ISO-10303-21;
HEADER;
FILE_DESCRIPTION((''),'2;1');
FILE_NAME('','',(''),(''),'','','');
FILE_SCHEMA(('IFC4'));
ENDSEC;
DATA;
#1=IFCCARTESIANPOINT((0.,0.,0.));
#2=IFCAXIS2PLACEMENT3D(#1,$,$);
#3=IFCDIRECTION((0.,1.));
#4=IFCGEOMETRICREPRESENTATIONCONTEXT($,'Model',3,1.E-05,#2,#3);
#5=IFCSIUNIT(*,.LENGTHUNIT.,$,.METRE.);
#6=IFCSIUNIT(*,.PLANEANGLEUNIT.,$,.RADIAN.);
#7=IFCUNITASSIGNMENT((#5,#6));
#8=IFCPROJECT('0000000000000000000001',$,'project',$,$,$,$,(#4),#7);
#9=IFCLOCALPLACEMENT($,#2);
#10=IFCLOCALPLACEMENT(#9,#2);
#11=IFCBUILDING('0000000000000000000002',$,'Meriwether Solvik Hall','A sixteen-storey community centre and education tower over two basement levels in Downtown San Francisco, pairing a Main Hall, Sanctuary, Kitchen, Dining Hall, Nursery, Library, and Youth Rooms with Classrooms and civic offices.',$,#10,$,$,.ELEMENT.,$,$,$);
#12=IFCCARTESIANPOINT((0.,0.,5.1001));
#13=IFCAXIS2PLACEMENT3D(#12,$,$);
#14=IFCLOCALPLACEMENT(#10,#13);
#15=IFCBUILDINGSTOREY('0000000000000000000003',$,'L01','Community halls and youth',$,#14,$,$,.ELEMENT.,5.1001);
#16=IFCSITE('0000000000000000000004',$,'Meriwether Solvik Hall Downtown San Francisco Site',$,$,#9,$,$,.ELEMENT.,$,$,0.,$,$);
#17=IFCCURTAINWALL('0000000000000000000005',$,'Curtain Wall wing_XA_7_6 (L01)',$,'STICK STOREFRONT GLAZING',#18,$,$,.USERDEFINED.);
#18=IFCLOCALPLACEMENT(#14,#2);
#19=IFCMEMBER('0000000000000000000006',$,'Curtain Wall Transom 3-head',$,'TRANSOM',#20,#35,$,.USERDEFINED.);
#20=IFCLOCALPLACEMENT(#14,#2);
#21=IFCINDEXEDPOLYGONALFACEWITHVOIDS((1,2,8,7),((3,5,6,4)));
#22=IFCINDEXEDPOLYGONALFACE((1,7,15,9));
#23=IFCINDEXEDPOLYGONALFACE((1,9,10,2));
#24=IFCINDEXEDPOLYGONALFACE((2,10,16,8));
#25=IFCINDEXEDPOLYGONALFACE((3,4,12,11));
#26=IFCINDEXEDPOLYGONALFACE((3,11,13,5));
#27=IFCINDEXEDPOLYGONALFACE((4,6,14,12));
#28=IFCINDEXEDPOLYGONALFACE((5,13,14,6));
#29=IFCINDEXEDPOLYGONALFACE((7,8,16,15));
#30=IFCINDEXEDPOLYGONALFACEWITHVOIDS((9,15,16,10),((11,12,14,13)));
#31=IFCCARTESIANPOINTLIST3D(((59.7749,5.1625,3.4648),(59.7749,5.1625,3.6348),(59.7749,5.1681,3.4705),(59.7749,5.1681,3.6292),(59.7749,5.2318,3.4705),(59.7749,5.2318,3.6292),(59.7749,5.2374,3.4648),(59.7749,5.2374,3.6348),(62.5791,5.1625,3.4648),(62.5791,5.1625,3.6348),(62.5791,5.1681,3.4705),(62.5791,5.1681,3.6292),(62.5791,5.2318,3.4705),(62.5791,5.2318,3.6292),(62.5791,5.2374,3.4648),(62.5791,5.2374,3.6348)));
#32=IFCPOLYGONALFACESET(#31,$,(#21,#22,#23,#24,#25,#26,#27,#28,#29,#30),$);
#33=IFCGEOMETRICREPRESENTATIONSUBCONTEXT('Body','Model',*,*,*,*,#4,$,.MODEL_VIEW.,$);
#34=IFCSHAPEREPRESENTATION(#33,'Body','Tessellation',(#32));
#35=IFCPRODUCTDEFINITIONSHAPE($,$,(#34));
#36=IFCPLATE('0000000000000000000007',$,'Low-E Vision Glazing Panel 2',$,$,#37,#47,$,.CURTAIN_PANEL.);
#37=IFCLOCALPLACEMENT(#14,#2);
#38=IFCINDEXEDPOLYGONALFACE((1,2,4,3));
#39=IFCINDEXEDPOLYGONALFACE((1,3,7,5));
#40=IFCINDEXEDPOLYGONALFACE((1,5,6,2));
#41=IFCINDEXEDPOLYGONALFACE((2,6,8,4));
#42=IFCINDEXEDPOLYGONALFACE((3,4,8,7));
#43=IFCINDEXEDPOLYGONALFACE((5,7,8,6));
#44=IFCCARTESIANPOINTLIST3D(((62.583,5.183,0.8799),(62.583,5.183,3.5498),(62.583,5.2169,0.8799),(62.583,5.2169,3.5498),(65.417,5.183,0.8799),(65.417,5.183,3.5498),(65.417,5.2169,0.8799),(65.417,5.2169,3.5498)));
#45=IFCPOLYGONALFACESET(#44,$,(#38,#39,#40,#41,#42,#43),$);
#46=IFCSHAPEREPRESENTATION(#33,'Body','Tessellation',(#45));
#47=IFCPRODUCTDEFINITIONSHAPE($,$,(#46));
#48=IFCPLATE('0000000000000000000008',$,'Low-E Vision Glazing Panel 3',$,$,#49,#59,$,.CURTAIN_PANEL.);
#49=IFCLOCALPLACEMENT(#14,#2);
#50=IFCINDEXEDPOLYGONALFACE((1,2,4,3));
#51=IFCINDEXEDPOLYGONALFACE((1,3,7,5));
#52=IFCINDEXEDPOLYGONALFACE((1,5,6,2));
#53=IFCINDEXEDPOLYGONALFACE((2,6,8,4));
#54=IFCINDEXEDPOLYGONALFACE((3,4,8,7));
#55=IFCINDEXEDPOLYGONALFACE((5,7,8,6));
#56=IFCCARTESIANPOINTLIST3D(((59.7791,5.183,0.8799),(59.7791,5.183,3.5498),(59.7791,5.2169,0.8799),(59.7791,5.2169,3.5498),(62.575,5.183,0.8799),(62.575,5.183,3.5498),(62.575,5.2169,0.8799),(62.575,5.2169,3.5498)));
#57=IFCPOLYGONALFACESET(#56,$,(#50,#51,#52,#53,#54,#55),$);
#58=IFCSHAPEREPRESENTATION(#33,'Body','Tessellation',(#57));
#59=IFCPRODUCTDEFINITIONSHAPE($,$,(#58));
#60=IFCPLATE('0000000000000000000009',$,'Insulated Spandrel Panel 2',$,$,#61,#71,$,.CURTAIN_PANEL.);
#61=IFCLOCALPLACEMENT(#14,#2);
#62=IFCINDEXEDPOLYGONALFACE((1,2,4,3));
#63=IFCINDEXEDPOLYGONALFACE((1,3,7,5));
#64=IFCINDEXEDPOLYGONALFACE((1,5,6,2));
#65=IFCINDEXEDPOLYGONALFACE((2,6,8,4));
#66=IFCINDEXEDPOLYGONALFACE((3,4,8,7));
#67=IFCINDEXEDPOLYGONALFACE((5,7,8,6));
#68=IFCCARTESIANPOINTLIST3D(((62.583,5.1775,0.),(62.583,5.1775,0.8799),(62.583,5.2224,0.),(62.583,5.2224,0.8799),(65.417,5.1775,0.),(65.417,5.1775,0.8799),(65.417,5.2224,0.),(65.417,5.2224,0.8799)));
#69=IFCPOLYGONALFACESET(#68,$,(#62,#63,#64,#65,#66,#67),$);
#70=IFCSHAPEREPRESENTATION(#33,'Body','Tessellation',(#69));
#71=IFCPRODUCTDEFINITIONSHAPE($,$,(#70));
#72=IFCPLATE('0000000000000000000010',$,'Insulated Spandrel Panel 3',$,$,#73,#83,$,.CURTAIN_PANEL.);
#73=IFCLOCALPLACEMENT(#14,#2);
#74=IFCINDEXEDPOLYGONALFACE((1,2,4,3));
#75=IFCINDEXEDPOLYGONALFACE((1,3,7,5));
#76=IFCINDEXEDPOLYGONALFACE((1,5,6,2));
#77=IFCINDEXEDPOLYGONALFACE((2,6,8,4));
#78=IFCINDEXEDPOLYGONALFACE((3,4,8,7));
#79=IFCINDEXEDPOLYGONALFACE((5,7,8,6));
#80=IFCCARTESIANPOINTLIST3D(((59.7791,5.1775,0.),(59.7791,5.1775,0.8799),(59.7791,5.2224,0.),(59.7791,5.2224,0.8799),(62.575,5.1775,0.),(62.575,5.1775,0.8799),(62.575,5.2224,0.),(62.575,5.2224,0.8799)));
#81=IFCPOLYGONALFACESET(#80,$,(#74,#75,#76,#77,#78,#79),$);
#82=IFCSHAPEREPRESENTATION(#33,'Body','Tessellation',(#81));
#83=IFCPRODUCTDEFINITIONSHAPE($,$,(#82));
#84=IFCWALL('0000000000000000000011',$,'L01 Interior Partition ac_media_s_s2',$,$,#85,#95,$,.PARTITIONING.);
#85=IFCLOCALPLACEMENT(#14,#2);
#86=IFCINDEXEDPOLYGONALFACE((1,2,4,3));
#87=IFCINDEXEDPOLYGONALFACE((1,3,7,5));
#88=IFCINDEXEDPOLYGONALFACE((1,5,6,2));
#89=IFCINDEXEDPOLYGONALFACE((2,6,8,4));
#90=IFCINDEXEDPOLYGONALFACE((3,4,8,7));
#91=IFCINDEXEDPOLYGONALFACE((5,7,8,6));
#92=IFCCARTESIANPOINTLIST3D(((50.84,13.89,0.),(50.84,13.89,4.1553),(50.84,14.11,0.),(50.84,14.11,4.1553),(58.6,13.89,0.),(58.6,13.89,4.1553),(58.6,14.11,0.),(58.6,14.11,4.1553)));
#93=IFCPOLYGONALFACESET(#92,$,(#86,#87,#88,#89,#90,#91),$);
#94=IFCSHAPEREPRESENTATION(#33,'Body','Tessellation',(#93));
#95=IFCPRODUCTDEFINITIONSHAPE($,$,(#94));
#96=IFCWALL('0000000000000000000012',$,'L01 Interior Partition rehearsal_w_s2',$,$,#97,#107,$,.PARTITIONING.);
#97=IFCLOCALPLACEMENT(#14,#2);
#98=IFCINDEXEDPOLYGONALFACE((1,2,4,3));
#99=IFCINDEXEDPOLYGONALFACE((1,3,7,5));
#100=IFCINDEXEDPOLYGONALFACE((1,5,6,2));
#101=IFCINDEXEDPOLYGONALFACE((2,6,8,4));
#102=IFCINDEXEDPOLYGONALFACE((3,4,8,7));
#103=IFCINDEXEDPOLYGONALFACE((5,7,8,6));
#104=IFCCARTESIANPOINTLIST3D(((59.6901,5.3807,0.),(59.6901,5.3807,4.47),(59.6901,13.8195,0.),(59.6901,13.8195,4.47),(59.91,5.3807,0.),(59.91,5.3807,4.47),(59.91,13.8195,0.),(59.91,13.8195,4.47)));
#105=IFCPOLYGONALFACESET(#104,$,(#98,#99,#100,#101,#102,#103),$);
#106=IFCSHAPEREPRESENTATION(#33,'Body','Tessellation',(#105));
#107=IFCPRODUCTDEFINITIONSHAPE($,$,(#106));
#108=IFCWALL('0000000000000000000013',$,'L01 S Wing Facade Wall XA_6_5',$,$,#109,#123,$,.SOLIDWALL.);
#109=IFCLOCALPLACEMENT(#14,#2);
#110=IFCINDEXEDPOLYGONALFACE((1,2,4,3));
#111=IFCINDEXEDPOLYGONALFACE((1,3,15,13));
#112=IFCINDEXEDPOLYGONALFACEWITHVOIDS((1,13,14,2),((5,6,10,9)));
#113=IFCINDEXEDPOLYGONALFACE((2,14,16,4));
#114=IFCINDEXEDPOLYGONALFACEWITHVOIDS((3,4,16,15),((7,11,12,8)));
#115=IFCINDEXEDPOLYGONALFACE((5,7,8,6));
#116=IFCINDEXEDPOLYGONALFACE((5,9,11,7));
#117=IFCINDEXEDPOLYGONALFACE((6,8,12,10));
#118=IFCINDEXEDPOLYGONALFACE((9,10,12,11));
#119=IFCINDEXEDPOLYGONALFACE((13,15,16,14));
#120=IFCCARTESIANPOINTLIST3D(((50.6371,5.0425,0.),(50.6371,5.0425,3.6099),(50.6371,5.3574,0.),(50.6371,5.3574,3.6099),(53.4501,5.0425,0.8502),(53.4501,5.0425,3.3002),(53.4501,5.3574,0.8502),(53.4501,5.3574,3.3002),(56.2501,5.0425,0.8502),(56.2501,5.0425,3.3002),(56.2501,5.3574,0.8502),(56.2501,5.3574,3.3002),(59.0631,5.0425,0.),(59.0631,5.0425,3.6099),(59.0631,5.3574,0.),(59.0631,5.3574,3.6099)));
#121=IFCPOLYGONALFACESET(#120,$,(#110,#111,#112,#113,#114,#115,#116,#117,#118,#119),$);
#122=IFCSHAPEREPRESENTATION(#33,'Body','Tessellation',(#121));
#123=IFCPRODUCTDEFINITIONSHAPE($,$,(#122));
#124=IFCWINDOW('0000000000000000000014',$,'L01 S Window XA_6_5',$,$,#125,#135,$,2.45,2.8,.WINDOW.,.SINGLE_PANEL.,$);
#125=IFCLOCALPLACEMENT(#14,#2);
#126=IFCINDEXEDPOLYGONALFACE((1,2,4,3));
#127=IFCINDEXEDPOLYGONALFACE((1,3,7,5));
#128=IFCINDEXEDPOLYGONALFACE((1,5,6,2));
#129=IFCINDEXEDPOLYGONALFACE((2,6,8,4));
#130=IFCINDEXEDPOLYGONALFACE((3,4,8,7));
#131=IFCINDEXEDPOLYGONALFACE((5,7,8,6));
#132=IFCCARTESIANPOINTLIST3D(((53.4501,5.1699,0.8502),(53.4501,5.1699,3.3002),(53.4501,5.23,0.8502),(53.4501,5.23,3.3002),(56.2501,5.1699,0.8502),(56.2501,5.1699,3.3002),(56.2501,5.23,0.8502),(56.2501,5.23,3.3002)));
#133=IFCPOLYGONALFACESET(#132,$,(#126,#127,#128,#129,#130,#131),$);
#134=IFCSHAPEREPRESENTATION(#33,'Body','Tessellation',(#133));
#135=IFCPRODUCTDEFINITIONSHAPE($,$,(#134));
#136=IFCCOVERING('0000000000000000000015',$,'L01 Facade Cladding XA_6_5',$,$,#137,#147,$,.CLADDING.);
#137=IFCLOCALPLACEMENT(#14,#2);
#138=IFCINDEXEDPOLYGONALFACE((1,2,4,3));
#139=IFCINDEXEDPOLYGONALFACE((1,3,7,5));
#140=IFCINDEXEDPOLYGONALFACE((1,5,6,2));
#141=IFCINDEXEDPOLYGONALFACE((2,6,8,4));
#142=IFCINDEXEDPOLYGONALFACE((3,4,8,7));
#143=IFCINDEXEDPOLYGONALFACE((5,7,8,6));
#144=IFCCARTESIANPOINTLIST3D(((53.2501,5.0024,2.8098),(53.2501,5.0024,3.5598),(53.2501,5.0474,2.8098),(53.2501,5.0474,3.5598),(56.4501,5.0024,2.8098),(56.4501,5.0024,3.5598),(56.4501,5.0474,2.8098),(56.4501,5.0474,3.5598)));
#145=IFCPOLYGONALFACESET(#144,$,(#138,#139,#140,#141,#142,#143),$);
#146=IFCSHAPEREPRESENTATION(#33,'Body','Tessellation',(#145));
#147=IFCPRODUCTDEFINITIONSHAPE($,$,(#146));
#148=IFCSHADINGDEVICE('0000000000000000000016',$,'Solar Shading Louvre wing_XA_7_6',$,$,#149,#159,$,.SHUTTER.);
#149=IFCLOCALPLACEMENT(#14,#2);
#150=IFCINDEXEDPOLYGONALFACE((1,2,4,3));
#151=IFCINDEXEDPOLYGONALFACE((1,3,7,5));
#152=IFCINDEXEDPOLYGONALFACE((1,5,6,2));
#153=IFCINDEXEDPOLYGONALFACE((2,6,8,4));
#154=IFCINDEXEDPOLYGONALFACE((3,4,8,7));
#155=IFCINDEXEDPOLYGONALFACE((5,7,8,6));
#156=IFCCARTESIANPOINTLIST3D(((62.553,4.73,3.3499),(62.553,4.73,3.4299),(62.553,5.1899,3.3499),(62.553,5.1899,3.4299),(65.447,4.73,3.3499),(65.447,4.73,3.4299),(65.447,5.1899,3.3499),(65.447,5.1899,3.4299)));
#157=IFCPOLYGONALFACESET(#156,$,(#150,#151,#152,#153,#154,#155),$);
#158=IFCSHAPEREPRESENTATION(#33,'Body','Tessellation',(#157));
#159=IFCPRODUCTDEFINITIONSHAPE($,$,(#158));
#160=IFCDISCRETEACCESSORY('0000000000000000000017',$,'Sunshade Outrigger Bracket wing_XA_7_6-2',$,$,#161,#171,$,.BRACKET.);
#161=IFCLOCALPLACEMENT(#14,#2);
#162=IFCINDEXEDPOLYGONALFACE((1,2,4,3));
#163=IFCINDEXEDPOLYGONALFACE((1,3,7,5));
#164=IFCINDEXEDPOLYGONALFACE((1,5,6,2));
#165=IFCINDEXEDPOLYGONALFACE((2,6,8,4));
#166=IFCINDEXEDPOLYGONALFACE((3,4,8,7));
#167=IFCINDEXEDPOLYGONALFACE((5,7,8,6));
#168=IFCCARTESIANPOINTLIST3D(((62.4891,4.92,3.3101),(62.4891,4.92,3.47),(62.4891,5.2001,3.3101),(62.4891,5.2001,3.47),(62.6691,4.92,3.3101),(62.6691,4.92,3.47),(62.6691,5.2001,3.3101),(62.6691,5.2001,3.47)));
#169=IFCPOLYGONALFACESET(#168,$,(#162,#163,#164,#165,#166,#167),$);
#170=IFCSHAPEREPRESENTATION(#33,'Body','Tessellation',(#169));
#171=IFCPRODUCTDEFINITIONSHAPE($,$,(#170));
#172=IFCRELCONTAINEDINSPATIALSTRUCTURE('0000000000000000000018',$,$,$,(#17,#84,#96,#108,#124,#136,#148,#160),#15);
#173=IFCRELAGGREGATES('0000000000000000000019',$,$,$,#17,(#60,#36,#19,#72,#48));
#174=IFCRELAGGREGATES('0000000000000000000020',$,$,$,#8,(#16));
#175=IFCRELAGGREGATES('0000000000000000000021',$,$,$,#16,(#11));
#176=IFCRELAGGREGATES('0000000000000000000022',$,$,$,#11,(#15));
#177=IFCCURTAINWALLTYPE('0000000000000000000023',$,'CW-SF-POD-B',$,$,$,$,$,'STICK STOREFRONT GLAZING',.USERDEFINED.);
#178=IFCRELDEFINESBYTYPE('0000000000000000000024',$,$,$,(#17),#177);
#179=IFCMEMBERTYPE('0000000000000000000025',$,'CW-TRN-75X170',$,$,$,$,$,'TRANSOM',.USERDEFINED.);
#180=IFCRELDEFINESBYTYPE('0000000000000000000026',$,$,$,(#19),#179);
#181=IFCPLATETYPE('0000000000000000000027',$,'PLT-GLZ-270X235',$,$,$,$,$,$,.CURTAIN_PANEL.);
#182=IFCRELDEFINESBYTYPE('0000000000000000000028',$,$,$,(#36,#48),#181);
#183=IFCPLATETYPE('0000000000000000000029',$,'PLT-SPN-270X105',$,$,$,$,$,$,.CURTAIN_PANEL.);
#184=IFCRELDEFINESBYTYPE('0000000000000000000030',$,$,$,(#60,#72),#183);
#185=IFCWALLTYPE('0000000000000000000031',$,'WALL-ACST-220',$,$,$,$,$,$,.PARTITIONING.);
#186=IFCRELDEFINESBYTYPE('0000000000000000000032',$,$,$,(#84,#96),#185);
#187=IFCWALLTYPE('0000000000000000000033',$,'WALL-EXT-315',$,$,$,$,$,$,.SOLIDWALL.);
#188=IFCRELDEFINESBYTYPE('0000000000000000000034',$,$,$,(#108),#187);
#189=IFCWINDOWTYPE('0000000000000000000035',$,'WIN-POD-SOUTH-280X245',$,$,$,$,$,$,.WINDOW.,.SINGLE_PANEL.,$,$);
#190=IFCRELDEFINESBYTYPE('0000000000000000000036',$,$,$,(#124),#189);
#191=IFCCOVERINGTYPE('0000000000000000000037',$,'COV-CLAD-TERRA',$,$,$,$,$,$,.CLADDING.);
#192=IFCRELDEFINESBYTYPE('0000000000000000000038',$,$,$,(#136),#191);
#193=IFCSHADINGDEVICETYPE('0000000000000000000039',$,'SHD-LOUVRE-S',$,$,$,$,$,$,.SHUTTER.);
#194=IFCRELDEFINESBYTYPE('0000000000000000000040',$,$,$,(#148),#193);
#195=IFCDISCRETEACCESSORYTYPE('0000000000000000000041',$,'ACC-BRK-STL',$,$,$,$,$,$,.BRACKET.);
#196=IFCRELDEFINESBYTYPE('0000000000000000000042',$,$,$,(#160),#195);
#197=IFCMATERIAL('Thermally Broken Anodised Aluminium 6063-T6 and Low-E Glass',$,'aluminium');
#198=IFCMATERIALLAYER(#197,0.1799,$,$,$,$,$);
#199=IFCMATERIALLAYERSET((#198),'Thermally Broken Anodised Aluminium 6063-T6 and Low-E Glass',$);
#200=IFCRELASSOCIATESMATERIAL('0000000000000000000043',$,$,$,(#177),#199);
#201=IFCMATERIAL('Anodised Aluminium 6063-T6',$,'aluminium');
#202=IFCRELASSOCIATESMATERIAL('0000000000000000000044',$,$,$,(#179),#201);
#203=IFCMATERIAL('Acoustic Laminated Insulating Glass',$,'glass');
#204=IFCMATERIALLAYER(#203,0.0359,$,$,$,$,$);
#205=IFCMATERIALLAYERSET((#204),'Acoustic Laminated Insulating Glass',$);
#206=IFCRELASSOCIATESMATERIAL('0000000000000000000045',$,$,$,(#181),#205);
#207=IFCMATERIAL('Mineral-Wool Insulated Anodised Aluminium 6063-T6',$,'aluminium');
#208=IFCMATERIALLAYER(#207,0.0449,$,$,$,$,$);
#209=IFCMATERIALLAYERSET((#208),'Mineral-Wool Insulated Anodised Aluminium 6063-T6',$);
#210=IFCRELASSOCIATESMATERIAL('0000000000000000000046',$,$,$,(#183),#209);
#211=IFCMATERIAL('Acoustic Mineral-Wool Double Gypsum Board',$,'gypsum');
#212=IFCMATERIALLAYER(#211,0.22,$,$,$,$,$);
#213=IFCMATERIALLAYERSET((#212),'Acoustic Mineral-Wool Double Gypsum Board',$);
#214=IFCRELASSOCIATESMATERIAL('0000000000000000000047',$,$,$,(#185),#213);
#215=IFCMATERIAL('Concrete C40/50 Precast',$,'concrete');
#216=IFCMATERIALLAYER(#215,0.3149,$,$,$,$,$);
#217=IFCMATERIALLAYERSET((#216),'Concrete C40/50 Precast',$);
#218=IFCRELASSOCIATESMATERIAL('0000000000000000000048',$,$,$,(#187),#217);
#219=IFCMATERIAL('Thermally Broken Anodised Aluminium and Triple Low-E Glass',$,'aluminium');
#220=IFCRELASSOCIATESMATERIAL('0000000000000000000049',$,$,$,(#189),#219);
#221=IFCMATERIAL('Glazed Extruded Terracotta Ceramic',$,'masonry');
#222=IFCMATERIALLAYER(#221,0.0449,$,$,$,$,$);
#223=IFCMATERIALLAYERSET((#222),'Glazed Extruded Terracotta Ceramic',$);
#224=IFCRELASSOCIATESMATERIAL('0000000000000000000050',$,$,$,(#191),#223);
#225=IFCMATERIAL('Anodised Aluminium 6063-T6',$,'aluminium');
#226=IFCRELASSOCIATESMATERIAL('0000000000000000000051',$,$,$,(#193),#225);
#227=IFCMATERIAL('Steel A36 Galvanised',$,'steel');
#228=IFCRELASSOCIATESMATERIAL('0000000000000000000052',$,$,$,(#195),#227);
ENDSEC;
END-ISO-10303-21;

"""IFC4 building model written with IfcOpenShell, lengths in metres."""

from ifc_helpers import new_model, si_unit, direction, frame, frame_2d, origin, origin_2d, place, context, subcontext, project, spatial, rectangle, hollow_rectangle, extrude, material, layer, layer_set, material_profile, profile_set, type_object, element, fill, aggregate, save


model = new_model("IFC4")

# Units and contexts
model_context = context("Model", 3, precision=1e-05, world=origin(), true_north=direction((0.0, 1.0)))
body_context = subcontext(model_context, "Body", "Model", "MODEL_VIEW")
ifc_project = project(units=[si_unit("LENGTHUNIT", "METRE"), si_unit("PLANEANGLEUNIT", "RADIAN")], contexts=[model_context])

# Site, building, storey
site_placement = place(None, origin())
site = spatial("IfcSite", under=ifc_project, at=site_placement, Name="Meriwether Solvik Hall Downtown San Francisco Site", CompositionType="ELEMENT", RefElevation=0.0)
building_placement = place(site_placement, origin())
building = spatial("IfcBuilding", under=site, at=building_placement, Name="Meriwether Solvik Hall", Description="A sixteen-storey community centre and education tower over two basement levels in Downtown San Francisco, pairing a Main Hall, Sanctuary, Kitchen, Dining Hall, Nursery, Library, and Youth Rooms with Classrooms and civic offices.", CompositionType="ELEMENT")
storey_placement = place(building_placement, frame((0.0, 0.0, 5.1001)))
storey = spatial("IfcBuildingStorey", under=building, at=storey_placement, Name="L01", Description="Community halls and youth", CompositionType="ELEMENT", Elevation=5.1001)

# Curtain wall, member, plates
ifc_material_1 = material(Name="Thermally Broken Anodised Aluminium 6063-T6 and Low-E Glass", Category="aluminium")
ifc_layer_1 = layer(ifc_material_1, 0.1799)
ifc_layer_set_1 = layer_set([ifc_layer_1], Name="Thermally Broken Anodised Aluminium 6063-T6 and Low-E Glass")
curtain_wall_type = type_object("IfcCurtainWallType", Name="CW-SF-POD-B", ElementType="STICK STOREFRONT GLAZING", PredefinedType="USERDEFINED", material=ifc_layer_set_1)
curtain_wall_placement = place(storey_placement, origin())
curtain_wall = element("IfcCurtainWall", 1, at=curtain_wall_placement, inside=storey, type_object=curtain_wall_type, Name="Curtain Wall wing_XA_7_6 (L01)", ObjectType="STICK STOREFRONT GLAZING", PredefinedType="USERDEFINED")
ifc_material_2 = material(Name="Anodised Aluminium 6063-T6", Category="aluminium")
ifc_material_profile_1 = material_profile(ifc_material_2, hollow_rectangle(XDim=0.075, YDim=0.1699, WallThickness=0.0056, at=origin_2d()), Name="CWT-75X170")
ifc_profile_set_1 = profile_set([ifc_material_profile_1], Name="Anodised Aluminium 6063-T6")
member_type_1 = type_object("IfcMemberType", Name="CW-TRN-75X170", ElementType="TRANSOM", PredefinedType="USERDEFINED", material=ifc_profile_set_1)
member_1_placement = place(storey_placement, frame((62.5791, 5.2, 3.5498), z_axis=(-1.0, 0.0, 0.0), x_axis=(0.0, -1.0, 0.0)))
member_1 = element("IfcMember", 2, at=member_1_placement, type_object=member_type_1, Name="Curtain Wall Transom 3-head", ObjectType="TRANSOM", PredefinedType="USERDEFINED", context=body_context, shape_type="SweptSolid", body=[
    extrude(hollow_rectangle(XDim=0.075, YDim=0.1699, WallThickness=0.0056, at=origin_2d()), origin(), (0.0, 0.0, 1.0), 2.8042),
])
ifc_material_3 = material(Name="Acoustic Laminated Insulating Glass", Category="glass")
ifc_layer_2 = layer(ifc_material_3, 0.0359)
ifc_layer_set_2 = layer_set([ifc_layer_2], Name="Acoustic Laminated Insulating Glass")
plate_type_1 = type_object("IfcPlateType", Name="PLT-GLZ-270X235", PredefinedType="CURTAIN_PANEL", material=ifc_layer_set_2)
plate_1_placement = place(storey_placement, frame((64.0, 5.2, 0.8799), z_axis=(0.0, 0.0, 1.0), x_axis=(-1.0, 0.0, 0.0)))
plate_1 = element("IfcPlate", 3, at=plate_1_placement, type_object=plate_type_1, Name="Low-E Vision Glazing Panel 2", PredefinedType="CURTAIN_PANEL", context=body_context, shape_type="SweptSolid", body=[
    extrude(rectangle(XDim=2.834, YDim=0.0339, at=origin_2d()), origin(), (0.0, 0.0, 1.0), 2.6699),
])
plate_2_placement = place(storey_placement, frame((61.177, 5.2, 0.8799), z_axis=(0.0, 0.0, 1.0), x_axis=(-1.0, 0.0, 0.0)))
plate_2 = element("IfcPlate", 4, at=plate_2_placement, type_object=plate_type_1, Name="Low-E Vision Glazing Panel 3", PredefinedType="CURTAIN_PANEL", context=body_context, shape_type="SweptSolid", body=[
    extrude(rectangle(XDim=2.7959, YDim=0.0339, at=origin_2d()), origin(), (0.0, 0.0, 1.0), 2.6699),
])
ifc_material_4 = material(Name="Mineral-Wool Insulated Anodised Aluminium 6063-T6", Category="aluminium")
ifc_layer_3 = layer(ifc_material_4, 0.0449)
ifc_layer_set_3 = layer_set([ifc_layer_3], Name="Mineral-Wool Insulated Anodised Aluminium 6063-T6")
plate_type_2 = type_object("IfcPlateType", Name="PLT-SPN-270X105", PredefinedType="CURTAIN_PANEL", material=ifc_layer_set_3)
plate_3_placement = place(storey_placement, frame((64.0, 5.2, 0.0), z_axis=(0.0, 0.0, 1.0), x_axis=(-1.0, 0.0, 0.0)))
plate_3 = element("IfcPlate", 5, at=plate_3_placement, type_object=plate_type_2, Name="Insulated Spandrel Panel 2", PredefinedType="CURTAIN_PANEL", context=body_context, shape_type="SweptSolid", body=[
    extrude(rectangle(XDim=2.834, YDim=0.0449, at=origin_2d()), origin(), (0.0, 0.0, 1.0), 0.8799),
])
plate_4_placement = place(storey_placement, frame((61.177, 5.2, 0.0), z_axis=(0.0, 0.0, 1.0), x_axis=(-1.0, 0.0, 0.0)))
plate_4 = element("IfcPlate", 6, at=plate_4_placement, type_object=plate_type_2, Name="Insulated Spandrel Panel 3", PredefinedType="CURTAIN_PANEL", context=body_context, shape_type="SweptSolid", body=[
    extrude(rectangle(XDim=2.7959, YDim=0.0449, at=origin_2d()), origin(), (0.0, 0.0, 1.0), 0.8799),
])
aggregate(curtain_wall, [plate_3, plate_1, member_1, plate_4, plate_2])

# Walls
ifc_material_5 = material(Name="Acoustic Mineral-Wool Double Gypsum Board", Category="gypsum")
ifc_layer_4 = layer(ifc_material_5, 0.22)
ifc_layer_set_4 = layer_set([ifc_layer_4], Name="Acoustic Mineral-Wool Double Gypsum Board")
wall_type_1 = type_object("IfcWallType", Name="WALL-ACST-220", PredefinedType="PARTITIONING", material=ifc_layer_set_4)
wall_1_placement = place(storey_placement, frame((50.8401, 14.0, 0.0), z_axis=(0.0, 0.0, 1.0), x_axis=(1.0, 0.0, 0.0)))
element("IfcWall", 7, at=wall_1_placement, inside=storey, type_object=wall_type_1, Name="L01 Interior Partition ac_media_s_s2", PredefinedType="PARTITIONING", context=body_context, shape_type="SweptSolid", body=[
    extrude(rectangle(XDim=7.76, YDim=0.22, at=frame_2d((3.8799, 0.0))), origin(), (0.0, 0.0, 1.0), 4.1553),
])
wall_2_placement = place(storey_placement, frame((59.8, 13.8193, 0.0), z_axis=(0.0, 0.0, 1.0), x_axis=(0.0, -1.0, 0.0)))
element("IfcWall", 8, at=wall_2_placement, inside=storey, type_object=wall_type_1, Name="L01 Interior Partition rehearsal_w_s2", PredefinedType="PARTITIONING", context=body_context, shape_type="SweptSolid", body=[
    extrude(rectangle(XDim=8.4387, YDim=0.22, at=frame_2d((4.2192, 0.0))), origin(), (0.0, 0.0, 1.0), 4.47),
])

# Wall, opening, window
ifc_material_6 = material(Name="Concrete C40/50 Precast", Category="concrete")
ifc_layer_5 = layer(ifc_material_6, 0.3149)
ifc_layer_set_5 = layer_set([ifc_layer_5], Name="Concrete C40/50 Precast")
wall_type_2 = type_object("IfcWallType", Name="WALL-EXT-315", PredefinedType="SOLIDWALL", material=ifc_layer_set_5)
wall_3_placement = place(storey_placement, frame((59.063, 5.2, 0.0), z_axis=(0.0, 0.0, 1.0), x_axis=(-1.0, 0.0, 0.0)))
wall_3 = element("IfcWall", 9, at=wall_3_placement, inside=storey, type_object=wall_type_2, Name="L01 S Wing Facade Wall XA_6_5", PredefinedType="SOLIDWALL", context=body_context, shape_type="SweptSolid", body=[
    extrude(rectangle(XDim=8.426, YDim=0.3149, at=frame_2d((4.2129, 0.0))), origin(), (0.0, 0.0, 1.0), 3.6099),
])
opening_placement = place(wall_3_placement, frame((2.813, 0.0, 0.8501)))
opening = element("IfcOpeningElement", 10, at=opening_placement, cuts=wall_3, PredefinedType="OPENING", context=body_context, shape_type="SweptSolid", body=[
    extrude(rectangle(XDim=2.8, YDim=2.45, at=frame_2d((1.3999, 1.2251))), frame((0.0, 0.1694, 0.0), z_axis=(0.0, -1.0, 0.0), x_axis=(1.0, 0.0, 0.0)), (0.0, 0.0, 1.0), 0.3389),
])
ifc_material_7 = material(Name="Thermally Broken Anodised Aluminium and Triple Low-E Glass", Category="aluminium")
window_type = type_object("IfcWindowType", Name="WIN-POD-SOUTH-280X245", PartitioningType="SINGLE_PANEL", PredefinedType="WINDOW", material=ifc_material_7)
window_placement = place(opening_placement, origin())
window = element("IfcWindow", 11, at=window_placement, inside=storey, type_object=window_type, Name="L01 S Window XA_6_5", OverallHeight=2.45, OverallWidth=2.8, PartitioningType="SINGLE_PANEL", PredefinedType="WINDOW", context=body_context, shape_type="SweptSolid", body=[
    extrude(rectangle(XDim=2.8, YDim=2.45, at=frame_2d((1.3999, 1.2251))), frame((0.0, 0.03, 0.0), z_axis=(0.0, -1.0, 0.0), x_axis=(1.0, 0.0, 0.0)), (0.0, 0.0, 1.0), 0.0601),
])
fill(opening, window)

# Covering
ifc_material_8 = material(Name="Glazed Extruded Terracotta Ceramic", Category="masonry")
ifc_layer_6 = layer(ifc_material_8, 0.0449)
ifc_layer_set_6 = layer_set([ifc_layer_6], Name="Glazed Extruded Terracotta Ceramic")
covering_type = type_object("IfcCoveringType", Name="COV-CLAD-TERRA", PredefinedType="CLADDING", material=ifc_layer_set_6)
covering_placement = place(storey_placement, frame((54.8501, 5.0249, 2.8098), z_axis=(0.0, 0.0, 1.0), x_axis=(-1.0, 0.0, 0.0)))
element("IfcCovering", 12, at=covering_placement, inside=storey, type_object=covering_type, Name="L01 Facade Cladding XA_6_5", PredefinedType="CLADDING", context=body_context, shape_type="SweptSolid", body=[
    extrude(rectangle(XDim=3.2, YDim=0.0449, at=origin_2d()), origin(), (0.0, 0.0, 1.0), 0.75),
])

# Shading device
ifc_material_9 = material(Name="Anodised Aluminium 6063-T6", Category="aluminium")
shading_device_type = type_object("IfcShadingDeviceType", Name="SHD-LOUVRE-S", PredefinedType="SHUTTER", material=ifc_material_9)
shading_device_placement = place(storey_placement, frame((64.0, 4.96, 3.3499), z_axis=(0.0, 0.0, 1.0), x_axis=(-1.0, 0.0, 0.0)))
element("IfcShadingDevice", 13, at=shading_device_placement, inside=storey, type_object=shading_device_type, Name="Solar Shading Louvre wing_XA_7_6", PredefinedType="SHUTTER", context=body_context, shape_type="SweptSolid", body=[
    extrude(rectangle(XDim=2.894, YDim=0.46, at=origin_2d()), origin(), (0.0, 0.0, 1.0), 0.0801),
])

# Discrete accessory
ifc_material_10 = material(Name="Steel A36 Galvanised", Category="steel")
discrete_accessory_type = type_object("IfcDiscreteAccessoryType", Name="ACC-BRK-STL", PredefinedType="BRACKET", material=ifc_material_10)
discrete_accessory_placement = place(storey_placement, frame((62.5791, 5.0601, 3.3101), z_axis=(0.0, 0.0, 1.0), x_axis=(-1.0, 0.0, 0.0)))
element("IfcDiscreteAccessory", 14, at=discrete_accessory_placement, inside=storey, type_object=discrete_accessory_type, Name="Sunshade Outrigger Bracket wing_XA_7_6-2", PredefinedType="BRACKET", context=body_context, shape_type="SweptSolid", body=[
    extrude(rectangle(XDim=0.1799, YDim=0.28, at=origin_2d()), origin(), (0.0, 0.0, 1.0), 0.1599),
])

save(model, "model.ifc")
